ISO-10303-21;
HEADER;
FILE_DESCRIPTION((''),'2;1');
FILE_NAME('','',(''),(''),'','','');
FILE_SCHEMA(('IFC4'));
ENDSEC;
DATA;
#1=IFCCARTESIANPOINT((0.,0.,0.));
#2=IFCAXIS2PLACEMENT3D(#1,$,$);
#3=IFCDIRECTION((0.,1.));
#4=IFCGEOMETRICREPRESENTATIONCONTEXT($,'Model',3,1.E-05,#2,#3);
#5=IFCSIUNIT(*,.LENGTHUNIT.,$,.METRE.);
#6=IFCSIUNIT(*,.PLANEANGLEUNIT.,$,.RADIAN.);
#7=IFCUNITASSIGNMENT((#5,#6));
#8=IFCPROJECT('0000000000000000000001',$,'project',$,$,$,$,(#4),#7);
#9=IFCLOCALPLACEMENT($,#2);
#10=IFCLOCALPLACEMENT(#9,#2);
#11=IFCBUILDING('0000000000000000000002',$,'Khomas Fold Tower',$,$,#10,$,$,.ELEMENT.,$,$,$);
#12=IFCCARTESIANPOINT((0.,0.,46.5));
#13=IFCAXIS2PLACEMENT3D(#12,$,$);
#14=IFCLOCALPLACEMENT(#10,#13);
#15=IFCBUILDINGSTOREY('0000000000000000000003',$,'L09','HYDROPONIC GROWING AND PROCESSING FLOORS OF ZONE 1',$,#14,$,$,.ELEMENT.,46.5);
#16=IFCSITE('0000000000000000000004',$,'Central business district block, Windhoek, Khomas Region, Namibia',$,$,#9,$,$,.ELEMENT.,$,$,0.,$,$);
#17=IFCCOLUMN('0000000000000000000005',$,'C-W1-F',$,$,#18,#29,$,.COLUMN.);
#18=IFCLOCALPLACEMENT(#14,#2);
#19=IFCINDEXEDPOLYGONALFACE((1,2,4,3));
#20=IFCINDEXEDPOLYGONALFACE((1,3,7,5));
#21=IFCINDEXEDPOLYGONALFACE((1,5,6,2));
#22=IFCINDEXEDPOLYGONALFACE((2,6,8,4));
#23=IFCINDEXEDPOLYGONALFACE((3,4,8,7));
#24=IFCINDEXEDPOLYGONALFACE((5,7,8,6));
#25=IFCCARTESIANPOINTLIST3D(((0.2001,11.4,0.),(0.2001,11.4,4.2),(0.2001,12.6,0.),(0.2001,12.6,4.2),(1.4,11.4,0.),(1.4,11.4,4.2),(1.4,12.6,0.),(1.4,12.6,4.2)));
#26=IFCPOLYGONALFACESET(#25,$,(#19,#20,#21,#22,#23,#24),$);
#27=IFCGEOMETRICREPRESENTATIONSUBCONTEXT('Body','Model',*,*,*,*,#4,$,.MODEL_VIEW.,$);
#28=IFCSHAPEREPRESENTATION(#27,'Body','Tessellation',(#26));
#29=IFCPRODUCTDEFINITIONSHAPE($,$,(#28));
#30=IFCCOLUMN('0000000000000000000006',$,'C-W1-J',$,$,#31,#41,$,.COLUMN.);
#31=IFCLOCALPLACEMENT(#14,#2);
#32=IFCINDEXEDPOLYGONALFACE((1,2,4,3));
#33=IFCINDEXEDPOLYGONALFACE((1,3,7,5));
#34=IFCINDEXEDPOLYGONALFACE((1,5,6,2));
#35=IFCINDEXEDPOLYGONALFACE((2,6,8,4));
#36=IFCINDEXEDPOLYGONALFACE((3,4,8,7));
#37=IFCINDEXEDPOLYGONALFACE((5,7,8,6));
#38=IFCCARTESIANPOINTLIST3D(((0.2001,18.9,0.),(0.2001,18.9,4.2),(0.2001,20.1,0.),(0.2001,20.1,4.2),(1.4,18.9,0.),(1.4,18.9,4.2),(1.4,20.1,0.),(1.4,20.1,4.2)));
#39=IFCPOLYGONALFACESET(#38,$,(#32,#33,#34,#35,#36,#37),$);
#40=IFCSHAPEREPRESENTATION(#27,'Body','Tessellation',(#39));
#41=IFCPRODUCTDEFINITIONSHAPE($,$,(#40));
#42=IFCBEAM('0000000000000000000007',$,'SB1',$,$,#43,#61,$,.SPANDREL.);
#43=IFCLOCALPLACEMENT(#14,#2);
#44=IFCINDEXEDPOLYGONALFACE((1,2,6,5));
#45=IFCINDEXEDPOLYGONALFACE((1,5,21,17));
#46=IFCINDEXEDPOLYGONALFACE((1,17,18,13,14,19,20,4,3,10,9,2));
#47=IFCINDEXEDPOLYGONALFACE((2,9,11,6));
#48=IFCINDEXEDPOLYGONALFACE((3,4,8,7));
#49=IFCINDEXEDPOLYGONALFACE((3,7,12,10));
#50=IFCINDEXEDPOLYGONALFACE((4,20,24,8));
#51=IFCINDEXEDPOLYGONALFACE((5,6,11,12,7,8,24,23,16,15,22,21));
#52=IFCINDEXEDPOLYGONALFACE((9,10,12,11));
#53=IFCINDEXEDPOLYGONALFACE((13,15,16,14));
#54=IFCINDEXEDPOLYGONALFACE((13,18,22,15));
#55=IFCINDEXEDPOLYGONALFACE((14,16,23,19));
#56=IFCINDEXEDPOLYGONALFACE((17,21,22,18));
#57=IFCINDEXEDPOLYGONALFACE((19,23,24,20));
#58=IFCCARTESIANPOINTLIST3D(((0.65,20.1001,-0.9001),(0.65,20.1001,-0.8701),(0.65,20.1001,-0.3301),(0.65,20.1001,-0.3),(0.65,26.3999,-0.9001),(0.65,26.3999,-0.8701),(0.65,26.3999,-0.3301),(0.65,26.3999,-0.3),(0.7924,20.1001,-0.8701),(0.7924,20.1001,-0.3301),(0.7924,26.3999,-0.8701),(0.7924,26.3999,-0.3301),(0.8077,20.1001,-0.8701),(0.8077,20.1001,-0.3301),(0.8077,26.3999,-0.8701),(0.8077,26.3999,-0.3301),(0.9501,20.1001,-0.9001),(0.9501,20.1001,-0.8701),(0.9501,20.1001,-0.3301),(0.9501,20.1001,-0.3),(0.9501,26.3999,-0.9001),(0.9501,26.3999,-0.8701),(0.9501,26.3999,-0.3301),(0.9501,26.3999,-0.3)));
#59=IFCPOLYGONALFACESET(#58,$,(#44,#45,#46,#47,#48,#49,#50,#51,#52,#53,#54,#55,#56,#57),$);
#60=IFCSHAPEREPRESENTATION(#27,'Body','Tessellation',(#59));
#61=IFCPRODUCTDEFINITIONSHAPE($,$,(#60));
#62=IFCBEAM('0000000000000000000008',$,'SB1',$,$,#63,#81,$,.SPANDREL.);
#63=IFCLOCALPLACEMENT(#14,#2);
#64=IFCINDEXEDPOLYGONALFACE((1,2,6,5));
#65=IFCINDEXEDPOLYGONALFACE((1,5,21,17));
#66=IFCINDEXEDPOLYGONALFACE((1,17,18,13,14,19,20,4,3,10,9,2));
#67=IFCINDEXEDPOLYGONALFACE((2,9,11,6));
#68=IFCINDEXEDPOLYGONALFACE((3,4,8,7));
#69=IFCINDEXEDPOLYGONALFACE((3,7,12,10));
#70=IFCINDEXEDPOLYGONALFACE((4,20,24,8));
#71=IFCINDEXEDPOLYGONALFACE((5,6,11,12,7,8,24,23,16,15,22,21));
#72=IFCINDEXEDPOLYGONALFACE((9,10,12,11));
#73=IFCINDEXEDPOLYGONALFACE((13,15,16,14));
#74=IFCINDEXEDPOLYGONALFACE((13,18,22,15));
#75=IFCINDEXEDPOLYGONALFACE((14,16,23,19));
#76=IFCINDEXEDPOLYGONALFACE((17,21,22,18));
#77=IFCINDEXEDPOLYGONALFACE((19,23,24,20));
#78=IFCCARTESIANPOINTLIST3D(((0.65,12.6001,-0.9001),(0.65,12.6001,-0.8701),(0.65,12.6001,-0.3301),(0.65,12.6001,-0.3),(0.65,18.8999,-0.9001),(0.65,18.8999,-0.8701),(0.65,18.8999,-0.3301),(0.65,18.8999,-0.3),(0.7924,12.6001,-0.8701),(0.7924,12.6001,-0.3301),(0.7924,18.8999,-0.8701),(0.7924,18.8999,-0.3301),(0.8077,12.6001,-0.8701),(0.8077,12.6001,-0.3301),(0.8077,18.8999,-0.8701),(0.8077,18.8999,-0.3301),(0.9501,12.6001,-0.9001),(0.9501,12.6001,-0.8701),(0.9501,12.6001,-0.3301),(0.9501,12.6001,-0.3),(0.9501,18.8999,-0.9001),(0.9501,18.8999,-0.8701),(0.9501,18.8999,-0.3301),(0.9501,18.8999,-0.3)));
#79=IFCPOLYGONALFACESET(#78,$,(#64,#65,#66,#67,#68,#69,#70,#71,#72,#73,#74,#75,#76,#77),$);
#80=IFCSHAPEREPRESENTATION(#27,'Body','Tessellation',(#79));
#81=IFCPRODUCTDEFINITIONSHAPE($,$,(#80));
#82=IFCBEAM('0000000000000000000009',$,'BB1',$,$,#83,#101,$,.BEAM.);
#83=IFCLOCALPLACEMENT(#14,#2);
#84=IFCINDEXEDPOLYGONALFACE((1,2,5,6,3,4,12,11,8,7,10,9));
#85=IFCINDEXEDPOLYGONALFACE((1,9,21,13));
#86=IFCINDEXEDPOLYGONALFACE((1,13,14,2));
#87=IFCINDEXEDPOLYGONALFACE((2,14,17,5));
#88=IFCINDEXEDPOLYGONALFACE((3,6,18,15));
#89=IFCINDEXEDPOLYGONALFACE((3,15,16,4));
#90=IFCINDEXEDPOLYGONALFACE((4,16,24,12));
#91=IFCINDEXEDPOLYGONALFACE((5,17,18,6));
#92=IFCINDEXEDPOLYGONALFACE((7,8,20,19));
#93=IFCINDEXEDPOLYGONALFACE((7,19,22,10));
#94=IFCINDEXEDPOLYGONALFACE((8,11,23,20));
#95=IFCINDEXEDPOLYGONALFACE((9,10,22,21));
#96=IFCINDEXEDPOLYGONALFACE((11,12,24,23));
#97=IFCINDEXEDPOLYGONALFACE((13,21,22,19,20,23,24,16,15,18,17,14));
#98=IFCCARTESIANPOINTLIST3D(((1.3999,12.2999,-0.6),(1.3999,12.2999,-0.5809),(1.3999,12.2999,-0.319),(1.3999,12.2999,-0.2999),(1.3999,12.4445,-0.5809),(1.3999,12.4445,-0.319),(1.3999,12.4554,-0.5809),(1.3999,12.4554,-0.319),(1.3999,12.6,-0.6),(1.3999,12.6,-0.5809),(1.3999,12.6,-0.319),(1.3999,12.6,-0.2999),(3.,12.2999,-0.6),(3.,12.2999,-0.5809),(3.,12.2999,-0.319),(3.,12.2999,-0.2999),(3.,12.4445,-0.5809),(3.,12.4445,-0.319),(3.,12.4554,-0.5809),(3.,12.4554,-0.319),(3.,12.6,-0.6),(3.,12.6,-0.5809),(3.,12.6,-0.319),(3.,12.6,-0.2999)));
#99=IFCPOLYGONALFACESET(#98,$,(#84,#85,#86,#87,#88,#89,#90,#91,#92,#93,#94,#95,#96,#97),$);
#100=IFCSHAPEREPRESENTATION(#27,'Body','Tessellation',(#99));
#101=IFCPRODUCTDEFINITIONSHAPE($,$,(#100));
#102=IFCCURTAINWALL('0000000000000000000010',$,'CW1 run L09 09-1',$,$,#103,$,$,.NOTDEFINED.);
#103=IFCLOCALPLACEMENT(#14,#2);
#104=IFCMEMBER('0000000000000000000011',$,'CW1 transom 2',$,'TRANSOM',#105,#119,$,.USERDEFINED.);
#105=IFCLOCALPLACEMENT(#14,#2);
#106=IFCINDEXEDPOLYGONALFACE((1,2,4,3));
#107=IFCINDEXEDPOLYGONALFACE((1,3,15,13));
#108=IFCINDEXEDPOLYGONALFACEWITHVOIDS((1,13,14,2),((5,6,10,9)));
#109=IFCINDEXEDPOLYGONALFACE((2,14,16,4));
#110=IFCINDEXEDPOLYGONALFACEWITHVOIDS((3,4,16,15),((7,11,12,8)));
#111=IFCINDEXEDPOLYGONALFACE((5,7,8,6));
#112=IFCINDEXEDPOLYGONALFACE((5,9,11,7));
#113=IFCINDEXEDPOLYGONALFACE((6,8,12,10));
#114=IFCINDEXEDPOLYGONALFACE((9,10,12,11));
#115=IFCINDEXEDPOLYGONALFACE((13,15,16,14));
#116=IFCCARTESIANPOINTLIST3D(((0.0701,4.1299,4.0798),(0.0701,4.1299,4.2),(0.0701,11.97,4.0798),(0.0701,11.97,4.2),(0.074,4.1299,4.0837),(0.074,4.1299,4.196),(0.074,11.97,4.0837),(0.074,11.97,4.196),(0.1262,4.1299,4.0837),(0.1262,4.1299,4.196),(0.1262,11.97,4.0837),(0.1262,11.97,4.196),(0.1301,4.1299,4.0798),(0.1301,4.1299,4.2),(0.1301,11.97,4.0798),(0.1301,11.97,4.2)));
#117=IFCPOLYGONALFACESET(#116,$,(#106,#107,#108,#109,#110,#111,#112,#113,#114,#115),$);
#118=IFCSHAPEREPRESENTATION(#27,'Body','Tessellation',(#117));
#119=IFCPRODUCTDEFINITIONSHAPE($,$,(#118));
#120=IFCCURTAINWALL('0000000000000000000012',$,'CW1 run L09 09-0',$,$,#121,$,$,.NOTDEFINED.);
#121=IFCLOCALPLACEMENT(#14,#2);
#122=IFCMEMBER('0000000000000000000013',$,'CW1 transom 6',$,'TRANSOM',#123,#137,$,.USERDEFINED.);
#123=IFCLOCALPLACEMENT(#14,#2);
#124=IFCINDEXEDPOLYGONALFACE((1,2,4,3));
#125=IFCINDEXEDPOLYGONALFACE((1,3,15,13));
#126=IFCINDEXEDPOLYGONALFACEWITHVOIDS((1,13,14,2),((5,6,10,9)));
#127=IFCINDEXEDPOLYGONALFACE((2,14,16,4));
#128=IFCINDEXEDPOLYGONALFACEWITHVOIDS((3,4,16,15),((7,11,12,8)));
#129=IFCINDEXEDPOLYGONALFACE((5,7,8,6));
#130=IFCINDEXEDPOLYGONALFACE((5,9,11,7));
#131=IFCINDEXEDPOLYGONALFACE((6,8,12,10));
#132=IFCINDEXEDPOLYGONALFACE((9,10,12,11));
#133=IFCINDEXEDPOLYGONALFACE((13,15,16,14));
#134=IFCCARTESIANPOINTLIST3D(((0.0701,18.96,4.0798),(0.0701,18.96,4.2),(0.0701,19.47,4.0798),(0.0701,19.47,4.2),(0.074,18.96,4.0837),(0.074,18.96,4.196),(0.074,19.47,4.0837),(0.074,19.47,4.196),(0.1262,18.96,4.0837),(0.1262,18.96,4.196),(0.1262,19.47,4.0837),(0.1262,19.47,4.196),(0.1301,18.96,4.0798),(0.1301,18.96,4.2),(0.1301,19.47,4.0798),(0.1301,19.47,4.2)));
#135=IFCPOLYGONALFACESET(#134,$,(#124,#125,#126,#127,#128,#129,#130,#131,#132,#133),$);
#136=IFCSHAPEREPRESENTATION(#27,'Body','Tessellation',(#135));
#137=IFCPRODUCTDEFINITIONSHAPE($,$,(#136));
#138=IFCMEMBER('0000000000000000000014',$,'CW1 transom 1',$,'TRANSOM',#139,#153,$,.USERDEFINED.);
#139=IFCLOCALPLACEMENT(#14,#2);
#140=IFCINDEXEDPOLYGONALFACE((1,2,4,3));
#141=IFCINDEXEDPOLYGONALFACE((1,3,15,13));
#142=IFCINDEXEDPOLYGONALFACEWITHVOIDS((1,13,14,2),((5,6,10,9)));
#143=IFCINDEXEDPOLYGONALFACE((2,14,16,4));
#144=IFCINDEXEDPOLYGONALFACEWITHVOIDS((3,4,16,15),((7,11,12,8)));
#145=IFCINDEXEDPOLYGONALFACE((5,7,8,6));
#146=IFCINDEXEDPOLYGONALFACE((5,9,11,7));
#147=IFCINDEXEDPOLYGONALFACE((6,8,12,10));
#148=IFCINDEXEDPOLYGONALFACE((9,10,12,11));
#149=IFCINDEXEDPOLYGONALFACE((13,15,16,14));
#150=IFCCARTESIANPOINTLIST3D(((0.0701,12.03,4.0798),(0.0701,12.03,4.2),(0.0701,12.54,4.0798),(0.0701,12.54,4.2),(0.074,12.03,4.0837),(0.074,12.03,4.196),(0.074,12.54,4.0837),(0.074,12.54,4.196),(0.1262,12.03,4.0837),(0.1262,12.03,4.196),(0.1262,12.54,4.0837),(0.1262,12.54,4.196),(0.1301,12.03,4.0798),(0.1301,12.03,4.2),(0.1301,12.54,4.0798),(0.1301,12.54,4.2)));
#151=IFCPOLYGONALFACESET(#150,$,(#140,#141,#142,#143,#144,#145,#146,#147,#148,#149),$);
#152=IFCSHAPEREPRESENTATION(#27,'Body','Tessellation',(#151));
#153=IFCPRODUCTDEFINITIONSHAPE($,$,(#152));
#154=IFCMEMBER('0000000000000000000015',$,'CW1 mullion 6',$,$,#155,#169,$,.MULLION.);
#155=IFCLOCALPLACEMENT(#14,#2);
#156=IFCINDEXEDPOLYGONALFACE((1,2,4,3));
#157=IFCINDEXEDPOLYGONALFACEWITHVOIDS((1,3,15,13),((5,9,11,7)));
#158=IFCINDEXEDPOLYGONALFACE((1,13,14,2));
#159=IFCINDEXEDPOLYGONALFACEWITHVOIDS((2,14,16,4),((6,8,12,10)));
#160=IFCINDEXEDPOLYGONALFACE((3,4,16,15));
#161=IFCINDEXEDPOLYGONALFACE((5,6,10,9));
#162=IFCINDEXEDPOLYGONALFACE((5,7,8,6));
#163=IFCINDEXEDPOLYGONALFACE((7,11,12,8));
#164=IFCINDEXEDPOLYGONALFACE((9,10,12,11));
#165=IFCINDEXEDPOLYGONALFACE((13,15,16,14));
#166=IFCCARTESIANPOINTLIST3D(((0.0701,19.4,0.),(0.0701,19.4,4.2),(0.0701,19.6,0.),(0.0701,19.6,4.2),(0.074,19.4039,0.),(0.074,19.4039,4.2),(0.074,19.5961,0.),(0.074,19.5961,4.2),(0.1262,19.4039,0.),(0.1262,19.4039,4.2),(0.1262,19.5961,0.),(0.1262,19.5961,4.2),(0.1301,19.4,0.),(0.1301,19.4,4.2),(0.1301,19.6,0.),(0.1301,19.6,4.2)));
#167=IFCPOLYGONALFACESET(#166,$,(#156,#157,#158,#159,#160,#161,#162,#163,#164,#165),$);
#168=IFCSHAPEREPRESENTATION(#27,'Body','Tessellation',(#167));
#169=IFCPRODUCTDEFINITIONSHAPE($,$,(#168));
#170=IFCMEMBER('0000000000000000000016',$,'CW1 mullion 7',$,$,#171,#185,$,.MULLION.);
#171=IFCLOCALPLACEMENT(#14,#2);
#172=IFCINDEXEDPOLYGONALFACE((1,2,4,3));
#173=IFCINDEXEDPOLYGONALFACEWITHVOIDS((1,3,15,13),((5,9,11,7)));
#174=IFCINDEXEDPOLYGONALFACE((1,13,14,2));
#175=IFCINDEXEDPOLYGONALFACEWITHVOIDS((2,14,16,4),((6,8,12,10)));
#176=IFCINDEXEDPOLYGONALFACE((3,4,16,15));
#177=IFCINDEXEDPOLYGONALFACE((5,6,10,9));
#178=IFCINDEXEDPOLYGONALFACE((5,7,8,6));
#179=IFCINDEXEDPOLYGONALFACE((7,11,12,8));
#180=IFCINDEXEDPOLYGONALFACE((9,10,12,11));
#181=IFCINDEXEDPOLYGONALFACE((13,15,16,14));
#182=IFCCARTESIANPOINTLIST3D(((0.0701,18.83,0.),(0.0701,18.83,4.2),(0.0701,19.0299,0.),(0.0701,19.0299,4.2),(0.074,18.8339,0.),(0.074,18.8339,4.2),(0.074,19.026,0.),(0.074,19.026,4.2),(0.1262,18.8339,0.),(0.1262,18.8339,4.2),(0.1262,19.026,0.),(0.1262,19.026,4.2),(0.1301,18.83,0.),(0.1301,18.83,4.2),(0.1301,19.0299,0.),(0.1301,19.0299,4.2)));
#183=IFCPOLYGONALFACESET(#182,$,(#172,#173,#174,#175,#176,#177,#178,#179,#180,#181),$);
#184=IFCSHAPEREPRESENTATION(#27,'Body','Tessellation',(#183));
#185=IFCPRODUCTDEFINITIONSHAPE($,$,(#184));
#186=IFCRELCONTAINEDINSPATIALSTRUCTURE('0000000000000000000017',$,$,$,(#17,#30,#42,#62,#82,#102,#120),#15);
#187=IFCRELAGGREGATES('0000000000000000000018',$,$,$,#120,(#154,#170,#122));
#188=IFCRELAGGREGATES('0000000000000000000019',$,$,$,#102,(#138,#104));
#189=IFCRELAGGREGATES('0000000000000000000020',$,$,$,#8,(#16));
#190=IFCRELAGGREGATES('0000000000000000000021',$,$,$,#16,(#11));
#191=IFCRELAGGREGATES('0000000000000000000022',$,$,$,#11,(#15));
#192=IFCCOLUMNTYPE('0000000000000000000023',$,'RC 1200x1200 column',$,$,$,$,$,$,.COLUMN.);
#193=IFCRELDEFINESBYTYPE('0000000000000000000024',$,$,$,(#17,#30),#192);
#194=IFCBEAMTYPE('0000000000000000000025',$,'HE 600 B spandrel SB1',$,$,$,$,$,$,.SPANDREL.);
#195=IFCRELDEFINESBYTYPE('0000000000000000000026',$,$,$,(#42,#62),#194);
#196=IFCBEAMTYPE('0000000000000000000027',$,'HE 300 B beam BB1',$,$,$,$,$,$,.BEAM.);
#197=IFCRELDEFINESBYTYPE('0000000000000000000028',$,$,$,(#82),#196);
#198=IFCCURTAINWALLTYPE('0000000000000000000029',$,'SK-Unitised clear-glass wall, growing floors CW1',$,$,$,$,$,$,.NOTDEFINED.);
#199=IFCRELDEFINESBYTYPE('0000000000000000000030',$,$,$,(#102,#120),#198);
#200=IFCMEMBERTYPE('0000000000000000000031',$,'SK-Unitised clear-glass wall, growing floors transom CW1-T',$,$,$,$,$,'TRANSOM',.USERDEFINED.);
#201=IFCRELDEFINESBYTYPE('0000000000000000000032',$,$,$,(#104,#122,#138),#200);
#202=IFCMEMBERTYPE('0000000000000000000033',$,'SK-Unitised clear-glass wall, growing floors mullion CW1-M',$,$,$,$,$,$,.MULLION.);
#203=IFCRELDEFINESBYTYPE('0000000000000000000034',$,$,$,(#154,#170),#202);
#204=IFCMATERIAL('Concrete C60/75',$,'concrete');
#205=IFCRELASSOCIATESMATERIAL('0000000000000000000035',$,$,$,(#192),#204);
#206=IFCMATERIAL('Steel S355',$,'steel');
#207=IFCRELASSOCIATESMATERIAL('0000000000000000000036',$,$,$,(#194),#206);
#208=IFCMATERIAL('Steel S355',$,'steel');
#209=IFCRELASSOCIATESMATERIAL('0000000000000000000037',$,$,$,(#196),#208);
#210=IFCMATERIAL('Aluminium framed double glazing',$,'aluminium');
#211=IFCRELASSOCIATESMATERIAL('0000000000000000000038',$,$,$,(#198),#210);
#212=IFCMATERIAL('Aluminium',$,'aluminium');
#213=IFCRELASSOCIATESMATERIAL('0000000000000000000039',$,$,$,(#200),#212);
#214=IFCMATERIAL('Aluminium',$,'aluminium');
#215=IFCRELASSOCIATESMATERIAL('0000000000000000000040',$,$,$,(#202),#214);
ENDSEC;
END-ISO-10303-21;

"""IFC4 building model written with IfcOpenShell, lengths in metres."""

from ifc_helpers import new_model, si_unit, direction, frame, origin, origin_2d, place, context, subcontext, project, spatial, rectangle, hollow_rectangle, i_section, extrude, source, transform, mapped, material, material_profile, profile_set, type_object, element, aggregate, save


model = new_model("IFC4")

# Units and contexts
model_context = context("Model", 3, precision=1e-05, world=origin(), true_north=direction((0.0, 1.0)))
body_context = subcontext(model_context, "Body", "Model", "MODEL_VIEW")
ifc_project = project(units=[si_unit("LENGTHUNIT", "METRE"), si_unit("PLANEANGLEUNIT", "RADIAN")], contexts=[model_context])

# Site, building, storey
site_placement = place(None, origin())
site = spatial("IfcSite", under=ifc_project, at=site_placement, Name="Central business district block, Windhoek, Khomas Region, Namibia", CompositionType="ELEMENT", RefElevation=0.0)
building_placement = place(site_placement, origin())
building = spatial("IfcBuilding", under=site, at=building_placement, Name="Khomas Fold Tower", CompositionType="ELEMENT")
storey_placement = place(building_placement, frame((0.0, 0.0, 46.5)))
storey = spatial("IfcBuildingStorey", under=building, at=storey_placement, Name="L09", Description="HYDROPONIC GROWING AND PROCESSING FLOORS OF ZONE 1", CompositionType="ELEMENT", Elevation=46.5)

# Columns
ifc_material_1 = material(Name="Concrete C60/75", Category="concrete")
ifc_material_profile_1 = material_profile(ifc_material_1, rectangle(XDim=1.2, YDim=1.2, at=origin_2d()), Name="RC 1200x1200")
ifc_profile_set_1 = profile_set([ifc_material_profile_1], Name="Concrete C60/75")
column_type = type_object("IfcColumnType", Name="RC 1200x1200 column", PredefinedType="COLUMN", material=ifc_profile_set_1)
shared_shape_1 = source(origin(), body_context, "Body", "SweptSolid", [
    extrude(rectangle(XDim=1.2, YDim=1.2, at=origin_2d()), origin(), (0.0, 0.0, 1.0), 4.2),
])
for number, where, z_axis, x_axis, name in (
    (1, (0.8, 12.0, 0.0), (0.0, 0.0, 1.0), (1.0, 0.0, 0.0), "C-W1-F"),
    (2, (0.8, 19.5, 0.0), (0.0, 0.0, 1.0), (1.0, 0.0, 0.0), "C-W1-J"),
):
    element("IfcColumn", number, at=place(storey_placement, frame(where, z_axis=z_axis, x_axis=x_axis)), inside=storey, type_object=column_type, Name=name, PredefinedType="COLUMN", context=body_context, shape_type="MappedRepresentation", body=[
        mapped(shared_shape_1, transform((0.0, 0.0, 0.0))),
    ])

# Beams
ifc_material_2 = material(Name="Steel S355", Category="steel")
ifc_material_profile_2 = material_profile(ifc_material_2, i_section(OverallWidth=0.3, OverallDepth=0.6001, WebThickness=0.0154, FlangeThickness=0.03, at=origin_2d()), Name="HE 600 B")
ifc_profile_set_2 = profile_set([ifc_material_profile_2], Name="Steel S355")
beam_type_1 = type_object("IfcBeamType", Name="HE 600 B spandrel SB1", PredefinedType="SPANDREL", material=ifc_profile_set_2)
shared_shape_2 = source(origin(), body_context, "Body", "SweptSolid", [
    extrude(i_section(OverallWidth=0.3, OverallDepth=0.6001, WebThickness=0.0154, FlangeThickness=0.03, at=origin_2d()), origin(), (0.0, 0.0, 1.0), 6.2998),
])
for number, where, z_axis, x_axis, name in (
    (3, (0.8, 20.1001, -0.6001), (0.0, 1.0, 0.0), (-1.0, 0.0, 0.0), "SB1"),
    (4, (0.8, 12.6001, -0.6001), (0.0, 1.0, 0.0), (-1.0, 0.0, 0.0), "SB1"),
):
    element("IfcBeam", number, at=place(storey_placement, frame(where, z_axis=z_axis, x_axis=x_axis)), inside=storey, type_object=beam_type_1, Name=name, PredefinedType="SPANDREL", context=body_context, shape_type="MappedRepresentation", body=[
        mapped(shared_shape_2, transform((0.0, 0.0, 0.0))),
    ])
ifc_material_3 = material(Name="Steel S355", Category="steel")
ifc_material_profile_3 = material_profile(ifc_material_3, i_section(OverallWidth=0.3, OverallDepth=0.3, WebThickness=0.011, FlangeThickness=0.019, at=origin_2d()), Name="HE 300 B")
ifc_profile_set_3 = profile_set([ifc_material_profile_3], Name="Steel S355")
beam_type_2 = type_object("IfcBeamType", Name="HE 300 B beam BB1", PredefinedType="BEAM", material=ifc_profile_set_3)
shared_shape_3 = source(origin(), body_context, "Body", "SweptSolid", [
    extrude(i_section(OverallWidth=0.3, OverallDepth=0.3, WebThickness=0.011, FlangeThickness=0.019, at=origin_2d()), origin(), (0.0, 0.0, 1.0), 1.6001),
])
beam_placement = place(storey_placement, frame((1.3999, 12.45, -0.45), z_axis=(1.0, 0.0, 0.0), x_axis=(0.0, 1.0, 0.0)))
element("IfcBeam", 5, at=beam_placement, inside=storey, type_object=beam_type_2, Name="BB1", PredefinedType="BEAM", context=body_context, shape_type="MappedRepresentation", body=[
    mapped(shared_shape_3, transform((0.0, 0.0, 0.0))),
])

# Curtain walls, members
ifc_material_4 = material(Name="Aluminium framed double glazing", Category="aluminium")
curtain_wall_type = type_object("IfcCurtainWallType", Name="SK-Unitised clear-glass wall, growing floors CW1", PredefinedType="NOTDEFINED", material=ifc_material_4)
curtain_wall_1_placement = place(storey_placement, origin())
curtain_wall_1 = element("IfcCurtainWall", 6, at=curtain_wall_1_placement, inside=storey, type_object=curtain_wall_type, Name="CW1 run L09 09-1", PredefinedType="NOTDEFINED")
ifc_material_5 = material(Name="Aluminium", Category="aluminium")
ifc_material_profile_4 = material_profile(ifc_material_5, hollow_rectangle(XDim=0.0601, YDim=0.1201, WallThickness=0.0039, at=origin_2d()), Name="SK-Unitised clear-glass wall, growing floors transom CW1-T")
ifc_profile_set_4 = profile_set([ifc_material_profile_4], Name="Aluminium")
member_type_1 = type_object("IfcMemberType", Name="SK-Unitised clear-glass wall, growing floors transom CW1-T", ElementType="TRANSOM", PredefinedType="USERDEFINED", material=ifc_profile_set_4)
shared_shape_4 = source(origin(), body_context, "Body", "SweptSolid", [
    extrude(hollow_rectangle(XDim=0.0601, YDim=0.1201, WallThickness=0.0039, at=origin_2d()), origin(), (0.0, 0.0, 1.0), 7.8401),
])
member_1_placement = place(storey_placement, frame((0.1001, 11.97, 4.1399), z_axis=(0.0, -1.0, 0.0), x_axis=(1.0, 0.0, 0.0)))
member_1 = element("IfcMember", 7, at=member_1_placement, type_object=member_type_1, Name="CW1 transom 2", ObjectType="TRANSOM", PredefinedType="USERDEFINED", context=body_context, shape_type="MappedRepresentation", body=[
    mapped(shared_shape_4, transform((0.0, 0.0, 0.0))),
])
curtain_wall_2_placement = place(storey_placement, origin())
curtain_wall_2 = element("IfcCurtainWall", 8, at=curtain_wall_2_placement, inside=storey, type_object=curtain_wall_type, Name="CW1 run L09 09-0", PredefinedType="NOTDEFINED")
shared_shape_5 = source(origin(), body_context, "Body", "SweptSolid", [
    extrude(hollow_rectangle(XDim=0.0601, YDim=0.1201, WallThickness=0.0039, at=origin_2d()), origin(), (0.0, 0.0, 1.0), 0.51),
])
member_2_placement = place(storey_placement, frame((0.1001, 19.47, 4.1399), z_axis=(0.0, -1.0, 0.0), x_axis=(1.0, 0.0, 0.0)))
member_2 = element("IfcMember", 9, at=member_2_placement, type_object=member_type_1, Name="CW1 transom 6", ObjectType="TRANSOM", PredefinedType="USERDEFINED", context=body_context, shape_type="MappedRepresentation", body=[
    mapped(shared_shape_5, transform((0.0, 0.0, 0.0))),
])

# Members
member_3_placement = place(storey_placement, frame((0.1001, 12.54, 4.1399), z_axis=(0.0, -1.0, 0.0), x_axis=(1.0, 0.0, 0.0)))
member_3 = element("IfcMember", 10, at=member_3_placement, type_object=member_type_1, Name="CW1 transom 1", ObjectType="TRANSOM", PredefinedType="USERDEFINED", context=body_context, shape_type="MappedRepresentation", body=[
    mapped(shared_shape_5, transform((0.0, 0.0, 0.0))),
])
ifc_material_6 = material(Name="Aluminium", Category="aluminium")
ifc_material_profile_5 = material_profile(ifc_material_6, hollow_rectangle(XDim=0.0601, YDim=0.2, WallThickness=0.0039, at=origin_2d()), Name="SK-Unitised clear-glass wall, growing floors mullion CW1-M")
ifc_profile_set_5 = profile_set([ifc_material_profile_5], Name="Aluminium")
member_type_2 = type_object("IfcMemberType", Name="SK-Unitised clear-glass wall, growing floors mullion CW1-M", PredefinedType="MULLION", material=ifc_profile_set_5)
shared_shape_6 = source(origin(), body_context, "Body", "SweptSolid", [
    extrude(hollow_rectangle(XDim=0.0601, YDim=0.2, WallThickness=0.0039, at=origin_2d()), origin(), (0.0, 0.0, 1.0), 4.2),
])
member_4_placement = place(storey_placement, frame((0.1001, 19.5, 0.0), z_axis=(0.0, 0.0, 1.0), x_axis=(1.0, 0.0, 0.0)))
member_4 = element("IfcMember", 11, at=member_4_placement, type_object=member_type_2, Name="CW1 mullion 6", PredefinedType="MULLION", context=body_context, shape_type="MappedRepresentation", body=[
    mapped(shared_shape_6, transform((0.0, 0.0, 0.0))),
])
member_5_placement = place(storey_placement, frame((0.1001, 18.9299, 0.0), z_axis=(0.0, 0.0, 1.0), x_axis=(1.0, 0.0, 0.0)))
member_5 = element("IfcMember", 12, at=member_5_placement, type_object=member_type_2, Name="CW1 mullion 7", PredefinedType="MULLION", context=body_context, shape_type="MappedRepresentation", body=[
    mapped(shared_shape_6, transform((0.0, 0.0, 0.0))),
])

aggregate(curtain_wall_2, [member_4, member_5, member_2])
aggregate(curtain_wall_1, [member_3, member_1])

save(model, "model.ifc")
